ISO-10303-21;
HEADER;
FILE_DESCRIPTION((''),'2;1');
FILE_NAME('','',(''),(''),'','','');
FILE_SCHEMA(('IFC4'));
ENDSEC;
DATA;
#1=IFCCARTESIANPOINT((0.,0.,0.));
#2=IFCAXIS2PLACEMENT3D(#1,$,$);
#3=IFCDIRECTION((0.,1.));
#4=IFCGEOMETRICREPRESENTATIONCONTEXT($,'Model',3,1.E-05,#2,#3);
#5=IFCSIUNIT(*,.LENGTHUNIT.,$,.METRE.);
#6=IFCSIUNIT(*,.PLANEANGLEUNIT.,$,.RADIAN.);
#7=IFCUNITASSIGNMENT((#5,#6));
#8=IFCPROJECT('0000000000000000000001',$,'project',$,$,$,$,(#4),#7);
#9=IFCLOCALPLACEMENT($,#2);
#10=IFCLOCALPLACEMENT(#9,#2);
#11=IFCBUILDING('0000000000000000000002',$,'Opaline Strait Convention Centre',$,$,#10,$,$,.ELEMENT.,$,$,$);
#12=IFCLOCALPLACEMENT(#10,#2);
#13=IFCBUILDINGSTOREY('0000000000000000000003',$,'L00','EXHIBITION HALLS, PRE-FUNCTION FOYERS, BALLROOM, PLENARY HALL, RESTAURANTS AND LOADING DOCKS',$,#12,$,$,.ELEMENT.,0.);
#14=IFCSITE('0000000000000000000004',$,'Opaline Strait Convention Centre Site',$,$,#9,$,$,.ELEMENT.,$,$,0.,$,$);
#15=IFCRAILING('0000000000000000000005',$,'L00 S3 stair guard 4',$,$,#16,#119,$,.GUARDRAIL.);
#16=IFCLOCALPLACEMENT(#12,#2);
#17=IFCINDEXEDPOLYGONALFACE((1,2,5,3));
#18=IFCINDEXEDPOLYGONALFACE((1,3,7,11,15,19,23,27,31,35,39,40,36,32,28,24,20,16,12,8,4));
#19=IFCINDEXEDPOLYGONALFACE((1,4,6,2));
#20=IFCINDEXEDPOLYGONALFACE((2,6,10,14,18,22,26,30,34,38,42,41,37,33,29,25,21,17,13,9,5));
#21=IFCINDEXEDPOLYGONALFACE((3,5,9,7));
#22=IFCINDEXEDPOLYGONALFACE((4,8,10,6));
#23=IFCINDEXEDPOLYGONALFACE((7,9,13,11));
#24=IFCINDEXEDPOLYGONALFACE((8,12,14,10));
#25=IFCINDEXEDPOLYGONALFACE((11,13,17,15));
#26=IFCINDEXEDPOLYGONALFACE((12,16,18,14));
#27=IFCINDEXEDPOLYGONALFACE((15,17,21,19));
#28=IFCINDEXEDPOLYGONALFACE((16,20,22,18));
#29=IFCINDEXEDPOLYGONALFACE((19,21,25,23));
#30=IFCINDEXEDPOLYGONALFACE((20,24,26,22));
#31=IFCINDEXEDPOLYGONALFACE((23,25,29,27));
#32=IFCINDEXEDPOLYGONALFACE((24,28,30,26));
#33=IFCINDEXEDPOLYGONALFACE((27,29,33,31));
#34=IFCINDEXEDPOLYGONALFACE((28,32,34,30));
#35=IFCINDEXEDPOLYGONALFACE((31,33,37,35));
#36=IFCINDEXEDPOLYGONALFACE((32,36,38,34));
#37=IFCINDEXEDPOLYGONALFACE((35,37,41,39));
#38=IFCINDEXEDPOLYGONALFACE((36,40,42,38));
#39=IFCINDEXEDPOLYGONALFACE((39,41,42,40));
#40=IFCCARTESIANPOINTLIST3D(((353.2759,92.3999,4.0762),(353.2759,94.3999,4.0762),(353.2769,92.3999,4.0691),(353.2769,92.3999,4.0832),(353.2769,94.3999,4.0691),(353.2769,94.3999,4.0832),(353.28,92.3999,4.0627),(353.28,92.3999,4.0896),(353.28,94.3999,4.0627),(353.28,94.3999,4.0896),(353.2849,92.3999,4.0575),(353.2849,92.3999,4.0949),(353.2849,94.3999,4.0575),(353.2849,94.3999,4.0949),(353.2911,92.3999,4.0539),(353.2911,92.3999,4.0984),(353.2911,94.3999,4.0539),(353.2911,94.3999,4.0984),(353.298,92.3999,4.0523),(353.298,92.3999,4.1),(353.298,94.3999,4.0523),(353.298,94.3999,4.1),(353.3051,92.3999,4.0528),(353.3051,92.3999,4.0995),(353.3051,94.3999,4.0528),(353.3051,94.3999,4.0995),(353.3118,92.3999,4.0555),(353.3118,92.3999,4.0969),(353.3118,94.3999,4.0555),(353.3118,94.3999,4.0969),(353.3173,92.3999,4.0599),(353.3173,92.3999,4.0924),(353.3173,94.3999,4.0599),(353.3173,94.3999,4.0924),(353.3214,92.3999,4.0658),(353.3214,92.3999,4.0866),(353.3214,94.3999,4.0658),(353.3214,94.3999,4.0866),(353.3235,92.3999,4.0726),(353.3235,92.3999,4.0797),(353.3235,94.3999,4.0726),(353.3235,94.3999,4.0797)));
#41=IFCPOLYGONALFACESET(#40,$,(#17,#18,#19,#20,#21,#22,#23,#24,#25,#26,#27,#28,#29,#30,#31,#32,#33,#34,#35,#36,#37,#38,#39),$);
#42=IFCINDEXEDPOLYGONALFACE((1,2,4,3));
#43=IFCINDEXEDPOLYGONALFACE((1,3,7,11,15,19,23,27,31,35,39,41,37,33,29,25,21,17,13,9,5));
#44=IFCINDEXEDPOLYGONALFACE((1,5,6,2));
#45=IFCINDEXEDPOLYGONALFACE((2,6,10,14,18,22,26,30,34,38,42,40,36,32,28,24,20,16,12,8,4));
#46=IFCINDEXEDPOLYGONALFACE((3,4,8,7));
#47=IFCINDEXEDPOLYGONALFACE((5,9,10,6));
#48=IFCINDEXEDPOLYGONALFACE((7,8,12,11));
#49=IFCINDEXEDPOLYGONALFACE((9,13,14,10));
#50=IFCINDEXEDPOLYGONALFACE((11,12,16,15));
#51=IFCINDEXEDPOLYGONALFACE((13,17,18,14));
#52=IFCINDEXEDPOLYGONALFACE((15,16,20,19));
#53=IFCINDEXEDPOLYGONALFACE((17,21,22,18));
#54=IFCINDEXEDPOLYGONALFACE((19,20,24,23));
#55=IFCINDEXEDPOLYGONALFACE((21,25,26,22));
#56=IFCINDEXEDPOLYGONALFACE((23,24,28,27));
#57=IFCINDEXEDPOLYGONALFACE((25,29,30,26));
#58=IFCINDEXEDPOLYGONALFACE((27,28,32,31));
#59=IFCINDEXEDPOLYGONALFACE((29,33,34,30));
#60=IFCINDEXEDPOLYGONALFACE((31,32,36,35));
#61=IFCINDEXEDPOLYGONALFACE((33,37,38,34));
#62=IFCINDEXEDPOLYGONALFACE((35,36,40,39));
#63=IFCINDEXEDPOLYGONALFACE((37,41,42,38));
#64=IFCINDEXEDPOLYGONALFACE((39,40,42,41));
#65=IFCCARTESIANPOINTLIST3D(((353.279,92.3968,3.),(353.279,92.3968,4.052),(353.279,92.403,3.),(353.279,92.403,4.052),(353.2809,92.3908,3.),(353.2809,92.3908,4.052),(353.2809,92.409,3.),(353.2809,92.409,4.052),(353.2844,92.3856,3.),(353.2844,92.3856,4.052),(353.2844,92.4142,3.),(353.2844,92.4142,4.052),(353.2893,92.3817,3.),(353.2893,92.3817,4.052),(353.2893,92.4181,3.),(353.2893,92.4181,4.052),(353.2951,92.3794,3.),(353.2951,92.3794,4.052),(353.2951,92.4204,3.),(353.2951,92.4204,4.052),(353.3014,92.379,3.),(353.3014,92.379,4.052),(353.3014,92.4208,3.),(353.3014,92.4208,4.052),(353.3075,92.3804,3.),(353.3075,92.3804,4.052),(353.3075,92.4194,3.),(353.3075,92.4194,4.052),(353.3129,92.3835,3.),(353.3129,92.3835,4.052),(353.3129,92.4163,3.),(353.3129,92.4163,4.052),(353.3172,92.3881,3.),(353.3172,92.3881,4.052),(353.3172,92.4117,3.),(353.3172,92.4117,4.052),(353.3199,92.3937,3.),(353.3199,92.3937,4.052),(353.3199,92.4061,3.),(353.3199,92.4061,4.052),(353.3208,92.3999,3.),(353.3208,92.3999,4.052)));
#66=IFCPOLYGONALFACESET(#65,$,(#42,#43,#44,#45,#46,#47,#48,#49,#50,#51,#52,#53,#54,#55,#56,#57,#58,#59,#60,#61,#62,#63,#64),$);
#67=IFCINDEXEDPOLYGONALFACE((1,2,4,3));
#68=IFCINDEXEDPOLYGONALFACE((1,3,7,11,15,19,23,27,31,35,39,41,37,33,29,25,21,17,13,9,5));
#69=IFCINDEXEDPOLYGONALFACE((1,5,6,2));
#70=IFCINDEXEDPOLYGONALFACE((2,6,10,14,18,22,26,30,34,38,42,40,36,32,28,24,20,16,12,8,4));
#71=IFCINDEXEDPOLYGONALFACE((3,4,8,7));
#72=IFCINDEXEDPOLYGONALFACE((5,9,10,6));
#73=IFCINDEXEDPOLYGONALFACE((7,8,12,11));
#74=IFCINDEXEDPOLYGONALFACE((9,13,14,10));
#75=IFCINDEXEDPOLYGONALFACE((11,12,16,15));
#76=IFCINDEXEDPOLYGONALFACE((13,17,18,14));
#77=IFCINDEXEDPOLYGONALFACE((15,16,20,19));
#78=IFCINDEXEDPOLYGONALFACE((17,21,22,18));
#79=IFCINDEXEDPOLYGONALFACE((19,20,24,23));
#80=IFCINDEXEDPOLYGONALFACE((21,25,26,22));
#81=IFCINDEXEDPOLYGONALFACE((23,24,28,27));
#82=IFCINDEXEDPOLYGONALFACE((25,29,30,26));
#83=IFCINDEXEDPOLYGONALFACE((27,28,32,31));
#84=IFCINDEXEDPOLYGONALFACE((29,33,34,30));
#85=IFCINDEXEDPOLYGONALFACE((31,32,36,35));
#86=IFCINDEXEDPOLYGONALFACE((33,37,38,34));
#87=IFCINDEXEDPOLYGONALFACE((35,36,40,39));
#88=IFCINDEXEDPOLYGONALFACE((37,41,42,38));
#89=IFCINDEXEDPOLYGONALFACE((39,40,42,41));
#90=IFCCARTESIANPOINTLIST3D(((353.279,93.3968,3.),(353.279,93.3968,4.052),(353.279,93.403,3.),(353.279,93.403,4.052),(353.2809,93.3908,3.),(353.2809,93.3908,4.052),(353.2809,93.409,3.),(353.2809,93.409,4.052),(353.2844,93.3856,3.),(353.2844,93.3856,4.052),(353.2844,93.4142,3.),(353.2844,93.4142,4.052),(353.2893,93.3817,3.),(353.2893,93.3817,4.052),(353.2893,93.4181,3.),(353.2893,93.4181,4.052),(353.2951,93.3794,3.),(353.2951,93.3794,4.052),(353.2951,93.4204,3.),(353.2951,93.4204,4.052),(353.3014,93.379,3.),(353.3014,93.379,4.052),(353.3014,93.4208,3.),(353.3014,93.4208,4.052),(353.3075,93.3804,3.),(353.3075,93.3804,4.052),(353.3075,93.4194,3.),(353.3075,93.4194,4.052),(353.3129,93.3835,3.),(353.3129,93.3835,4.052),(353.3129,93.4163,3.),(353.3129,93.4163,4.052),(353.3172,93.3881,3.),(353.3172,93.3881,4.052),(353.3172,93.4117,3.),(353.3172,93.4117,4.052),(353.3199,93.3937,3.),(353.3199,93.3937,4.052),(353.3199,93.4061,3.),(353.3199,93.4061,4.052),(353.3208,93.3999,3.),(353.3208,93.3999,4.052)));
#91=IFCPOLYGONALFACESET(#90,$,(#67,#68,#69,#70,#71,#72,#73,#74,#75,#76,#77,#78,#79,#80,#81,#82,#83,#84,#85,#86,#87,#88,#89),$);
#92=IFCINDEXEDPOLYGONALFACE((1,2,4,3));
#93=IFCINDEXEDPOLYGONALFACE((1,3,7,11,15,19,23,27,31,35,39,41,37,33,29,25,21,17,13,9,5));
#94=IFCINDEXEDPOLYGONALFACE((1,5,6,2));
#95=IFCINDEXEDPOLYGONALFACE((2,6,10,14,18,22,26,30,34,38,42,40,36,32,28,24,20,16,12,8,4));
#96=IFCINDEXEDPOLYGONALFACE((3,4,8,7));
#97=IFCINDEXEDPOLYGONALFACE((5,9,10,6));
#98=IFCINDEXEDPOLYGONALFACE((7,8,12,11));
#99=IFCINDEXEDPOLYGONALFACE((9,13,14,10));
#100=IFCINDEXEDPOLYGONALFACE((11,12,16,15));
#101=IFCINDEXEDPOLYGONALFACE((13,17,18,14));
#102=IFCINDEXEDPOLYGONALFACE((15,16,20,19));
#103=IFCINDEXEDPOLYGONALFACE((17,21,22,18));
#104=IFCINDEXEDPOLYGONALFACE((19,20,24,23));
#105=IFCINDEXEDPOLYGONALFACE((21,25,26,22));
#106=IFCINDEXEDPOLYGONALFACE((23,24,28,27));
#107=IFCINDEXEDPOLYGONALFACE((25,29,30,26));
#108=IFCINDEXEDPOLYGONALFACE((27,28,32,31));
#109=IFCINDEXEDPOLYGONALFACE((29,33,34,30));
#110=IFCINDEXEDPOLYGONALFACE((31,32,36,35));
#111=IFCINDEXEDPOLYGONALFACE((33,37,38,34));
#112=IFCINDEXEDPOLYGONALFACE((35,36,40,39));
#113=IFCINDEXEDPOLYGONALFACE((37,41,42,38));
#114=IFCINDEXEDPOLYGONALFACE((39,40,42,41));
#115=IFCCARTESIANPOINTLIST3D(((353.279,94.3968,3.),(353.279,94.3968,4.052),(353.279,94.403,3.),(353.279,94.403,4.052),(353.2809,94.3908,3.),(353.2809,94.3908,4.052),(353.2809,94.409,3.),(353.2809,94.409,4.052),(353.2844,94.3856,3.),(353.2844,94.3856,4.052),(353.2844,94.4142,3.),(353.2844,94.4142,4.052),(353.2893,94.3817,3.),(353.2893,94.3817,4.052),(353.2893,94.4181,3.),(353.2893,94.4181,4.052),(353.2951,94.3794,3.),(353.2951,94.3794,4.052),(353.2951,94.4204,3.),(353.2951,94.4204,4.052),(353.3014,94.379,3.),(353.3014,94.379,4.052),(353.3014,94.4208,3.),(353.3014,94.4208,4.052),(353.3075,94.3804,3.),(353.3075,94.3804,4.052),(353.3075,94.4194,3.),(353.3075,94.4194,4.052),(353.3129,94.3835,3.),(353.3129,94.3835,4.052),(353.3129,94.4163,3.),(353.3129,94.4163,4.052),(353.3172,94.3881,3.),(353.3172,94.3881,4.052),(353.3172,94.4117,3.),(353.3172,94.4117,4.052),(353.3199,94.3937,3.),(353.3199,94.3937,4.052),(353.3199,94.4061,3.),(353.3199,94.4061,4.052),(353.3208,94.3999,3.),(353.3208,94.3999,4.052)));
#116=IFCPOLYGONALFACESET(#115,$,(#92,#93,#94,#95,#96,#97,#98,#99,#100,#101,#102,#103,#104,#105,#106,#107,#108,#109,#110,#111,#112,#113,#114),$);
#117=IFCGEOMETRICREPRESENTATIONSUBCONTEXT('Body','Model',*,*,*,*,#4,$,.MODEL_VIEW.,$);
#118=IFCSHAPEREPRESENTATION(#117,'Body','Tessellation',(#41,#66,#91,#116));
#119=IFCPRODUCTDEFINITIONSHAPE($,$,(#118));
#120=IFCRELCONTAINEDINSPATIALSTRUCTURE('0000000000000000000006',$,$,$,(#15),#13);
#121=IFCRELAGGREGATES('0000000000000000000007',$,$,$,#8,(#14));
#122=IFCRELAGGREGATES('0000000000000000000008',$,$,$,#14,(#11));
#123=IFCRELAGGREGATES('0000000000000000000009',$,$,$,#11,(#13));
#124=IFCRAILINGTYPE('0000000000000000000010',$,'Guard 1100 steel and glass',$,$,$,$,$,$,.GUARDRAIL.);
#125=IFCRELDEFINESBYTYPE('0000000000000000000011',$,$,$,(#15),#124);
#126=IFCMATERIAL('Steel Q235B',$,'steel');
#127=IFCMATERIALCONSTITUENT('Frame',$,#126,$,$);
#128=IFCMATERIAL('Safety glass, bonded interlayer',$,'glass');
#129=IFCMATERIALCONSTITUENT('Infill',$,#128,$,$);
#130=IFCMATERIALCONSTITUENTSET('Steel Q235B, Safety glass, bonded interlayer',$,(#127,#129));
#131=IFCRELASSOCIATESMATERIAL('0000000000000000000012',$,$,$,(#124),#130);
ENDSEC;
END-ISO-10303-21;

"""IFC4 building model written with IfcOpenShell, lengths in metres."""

from ifc_helpers import new_model, si_unit, direction, frame, origin, origin_2d, place, context, subcontext, project, spatial, circle, extrude, material, constituent, constituent_set, type_object, element, save


model = new_model("IFC4")

# Units and contexts
model_context = context("Model", 3, precision=1e-05, world=origin(), true_north=direction((0.0, 1.0)))
body_context = subcontext(model_context, "Body", "Model", "MODEL_VIEW")
ifc_project = project(units=[si_unit("LENGTHUNIT", "METRE"), si_unit("PLANEANGLEUNIT", "RADIAN")], contexts=[model_context])

# Site, building, storey
site_placement = place(None, origin())
site = spatial("IfcSite", under=ifc_project, at=site_placement, Name="Opaline Strait Convention Centre Site", CompositionType="ELEMENT", RefElevation=0.0)
building_placement = place(site_placement, origin())
building = spatial("IfcBuilding", under=site, at=building_placement, Name="Opaline Strait Convention Centre", CompositionType="ELEMENT")
storey_placement = place(building_placement, origin())
storey = spatial("IfcBuildingStorey", under=building, at=storey_placement, Name="L00", Description="EXHIBITION HALLS, PRE-FUNCTION FOYERS, BALLROOM, PLENARY HALL, RESTAURANTS AND LOADING DOCKS", CompositionType="ELEMENT", Elevation=0.0)

# Shared definitions
ifc_material_1 = material(Name="Steel Q235B", Category="steel")

# Railing
ifc_constituent_1 = constituent(ifc_material_1, Name="Frame")
ifc_material_2 = material(Name="Safety glass, bonded interlayer", Category="glass")
ifc_constituent_2 = constituent(ifc_material_2, Name="Infill")
ifc_constituent_set = constituent_set(constituents=[ifc_constituent_1, ifc_constituent_2], Name="Steel Q235B, Safety glass, bonded interlayer")
railing_type = type_object("IfcRailingType", Name="Guard 1100 steel and glass", PredefinedType="GUARDRAIL", material=ifc_constituent_set)
railing_1_placement = place(storey_placement, frame((353.2998, 92.3999, 3.0)))
element("IfcRailing", 1, at=railing_1_placement, inside=storey, type_object=railing_type, Name="L00 S3 stair guard 4", PredefinedType="GUARDRAIL", context=body_context, shape_type="SweptSolid", body=[
    extrude(circle(Radius=0.0239, at=origin_2d()), frame((0.0, 0.0, 1.0762), z_axis=(0.0, 1.0, 0.0), x_axis=(-1.0, 0.0, 0.0)), (0.0, 0.0, 1.0), 2.0),
    extrude(circle(Radius=0.021, at=origin_2d()), origin(), (0.0, 0.0, 1.0), 1.052),
    extrude(circle(Radius=0.021, at=origin_2d()), frame((0.0, 1.0, 0.0)), (0.0, 0.0, 1.0), 1.052),
    extrude(circle(Radius=0.021, at=origin_2d()), frame((0.0, 2.0, 0.0)), (0.0, 0.0, 1.0), 1.052),
])

save(model, "model.ifc")
